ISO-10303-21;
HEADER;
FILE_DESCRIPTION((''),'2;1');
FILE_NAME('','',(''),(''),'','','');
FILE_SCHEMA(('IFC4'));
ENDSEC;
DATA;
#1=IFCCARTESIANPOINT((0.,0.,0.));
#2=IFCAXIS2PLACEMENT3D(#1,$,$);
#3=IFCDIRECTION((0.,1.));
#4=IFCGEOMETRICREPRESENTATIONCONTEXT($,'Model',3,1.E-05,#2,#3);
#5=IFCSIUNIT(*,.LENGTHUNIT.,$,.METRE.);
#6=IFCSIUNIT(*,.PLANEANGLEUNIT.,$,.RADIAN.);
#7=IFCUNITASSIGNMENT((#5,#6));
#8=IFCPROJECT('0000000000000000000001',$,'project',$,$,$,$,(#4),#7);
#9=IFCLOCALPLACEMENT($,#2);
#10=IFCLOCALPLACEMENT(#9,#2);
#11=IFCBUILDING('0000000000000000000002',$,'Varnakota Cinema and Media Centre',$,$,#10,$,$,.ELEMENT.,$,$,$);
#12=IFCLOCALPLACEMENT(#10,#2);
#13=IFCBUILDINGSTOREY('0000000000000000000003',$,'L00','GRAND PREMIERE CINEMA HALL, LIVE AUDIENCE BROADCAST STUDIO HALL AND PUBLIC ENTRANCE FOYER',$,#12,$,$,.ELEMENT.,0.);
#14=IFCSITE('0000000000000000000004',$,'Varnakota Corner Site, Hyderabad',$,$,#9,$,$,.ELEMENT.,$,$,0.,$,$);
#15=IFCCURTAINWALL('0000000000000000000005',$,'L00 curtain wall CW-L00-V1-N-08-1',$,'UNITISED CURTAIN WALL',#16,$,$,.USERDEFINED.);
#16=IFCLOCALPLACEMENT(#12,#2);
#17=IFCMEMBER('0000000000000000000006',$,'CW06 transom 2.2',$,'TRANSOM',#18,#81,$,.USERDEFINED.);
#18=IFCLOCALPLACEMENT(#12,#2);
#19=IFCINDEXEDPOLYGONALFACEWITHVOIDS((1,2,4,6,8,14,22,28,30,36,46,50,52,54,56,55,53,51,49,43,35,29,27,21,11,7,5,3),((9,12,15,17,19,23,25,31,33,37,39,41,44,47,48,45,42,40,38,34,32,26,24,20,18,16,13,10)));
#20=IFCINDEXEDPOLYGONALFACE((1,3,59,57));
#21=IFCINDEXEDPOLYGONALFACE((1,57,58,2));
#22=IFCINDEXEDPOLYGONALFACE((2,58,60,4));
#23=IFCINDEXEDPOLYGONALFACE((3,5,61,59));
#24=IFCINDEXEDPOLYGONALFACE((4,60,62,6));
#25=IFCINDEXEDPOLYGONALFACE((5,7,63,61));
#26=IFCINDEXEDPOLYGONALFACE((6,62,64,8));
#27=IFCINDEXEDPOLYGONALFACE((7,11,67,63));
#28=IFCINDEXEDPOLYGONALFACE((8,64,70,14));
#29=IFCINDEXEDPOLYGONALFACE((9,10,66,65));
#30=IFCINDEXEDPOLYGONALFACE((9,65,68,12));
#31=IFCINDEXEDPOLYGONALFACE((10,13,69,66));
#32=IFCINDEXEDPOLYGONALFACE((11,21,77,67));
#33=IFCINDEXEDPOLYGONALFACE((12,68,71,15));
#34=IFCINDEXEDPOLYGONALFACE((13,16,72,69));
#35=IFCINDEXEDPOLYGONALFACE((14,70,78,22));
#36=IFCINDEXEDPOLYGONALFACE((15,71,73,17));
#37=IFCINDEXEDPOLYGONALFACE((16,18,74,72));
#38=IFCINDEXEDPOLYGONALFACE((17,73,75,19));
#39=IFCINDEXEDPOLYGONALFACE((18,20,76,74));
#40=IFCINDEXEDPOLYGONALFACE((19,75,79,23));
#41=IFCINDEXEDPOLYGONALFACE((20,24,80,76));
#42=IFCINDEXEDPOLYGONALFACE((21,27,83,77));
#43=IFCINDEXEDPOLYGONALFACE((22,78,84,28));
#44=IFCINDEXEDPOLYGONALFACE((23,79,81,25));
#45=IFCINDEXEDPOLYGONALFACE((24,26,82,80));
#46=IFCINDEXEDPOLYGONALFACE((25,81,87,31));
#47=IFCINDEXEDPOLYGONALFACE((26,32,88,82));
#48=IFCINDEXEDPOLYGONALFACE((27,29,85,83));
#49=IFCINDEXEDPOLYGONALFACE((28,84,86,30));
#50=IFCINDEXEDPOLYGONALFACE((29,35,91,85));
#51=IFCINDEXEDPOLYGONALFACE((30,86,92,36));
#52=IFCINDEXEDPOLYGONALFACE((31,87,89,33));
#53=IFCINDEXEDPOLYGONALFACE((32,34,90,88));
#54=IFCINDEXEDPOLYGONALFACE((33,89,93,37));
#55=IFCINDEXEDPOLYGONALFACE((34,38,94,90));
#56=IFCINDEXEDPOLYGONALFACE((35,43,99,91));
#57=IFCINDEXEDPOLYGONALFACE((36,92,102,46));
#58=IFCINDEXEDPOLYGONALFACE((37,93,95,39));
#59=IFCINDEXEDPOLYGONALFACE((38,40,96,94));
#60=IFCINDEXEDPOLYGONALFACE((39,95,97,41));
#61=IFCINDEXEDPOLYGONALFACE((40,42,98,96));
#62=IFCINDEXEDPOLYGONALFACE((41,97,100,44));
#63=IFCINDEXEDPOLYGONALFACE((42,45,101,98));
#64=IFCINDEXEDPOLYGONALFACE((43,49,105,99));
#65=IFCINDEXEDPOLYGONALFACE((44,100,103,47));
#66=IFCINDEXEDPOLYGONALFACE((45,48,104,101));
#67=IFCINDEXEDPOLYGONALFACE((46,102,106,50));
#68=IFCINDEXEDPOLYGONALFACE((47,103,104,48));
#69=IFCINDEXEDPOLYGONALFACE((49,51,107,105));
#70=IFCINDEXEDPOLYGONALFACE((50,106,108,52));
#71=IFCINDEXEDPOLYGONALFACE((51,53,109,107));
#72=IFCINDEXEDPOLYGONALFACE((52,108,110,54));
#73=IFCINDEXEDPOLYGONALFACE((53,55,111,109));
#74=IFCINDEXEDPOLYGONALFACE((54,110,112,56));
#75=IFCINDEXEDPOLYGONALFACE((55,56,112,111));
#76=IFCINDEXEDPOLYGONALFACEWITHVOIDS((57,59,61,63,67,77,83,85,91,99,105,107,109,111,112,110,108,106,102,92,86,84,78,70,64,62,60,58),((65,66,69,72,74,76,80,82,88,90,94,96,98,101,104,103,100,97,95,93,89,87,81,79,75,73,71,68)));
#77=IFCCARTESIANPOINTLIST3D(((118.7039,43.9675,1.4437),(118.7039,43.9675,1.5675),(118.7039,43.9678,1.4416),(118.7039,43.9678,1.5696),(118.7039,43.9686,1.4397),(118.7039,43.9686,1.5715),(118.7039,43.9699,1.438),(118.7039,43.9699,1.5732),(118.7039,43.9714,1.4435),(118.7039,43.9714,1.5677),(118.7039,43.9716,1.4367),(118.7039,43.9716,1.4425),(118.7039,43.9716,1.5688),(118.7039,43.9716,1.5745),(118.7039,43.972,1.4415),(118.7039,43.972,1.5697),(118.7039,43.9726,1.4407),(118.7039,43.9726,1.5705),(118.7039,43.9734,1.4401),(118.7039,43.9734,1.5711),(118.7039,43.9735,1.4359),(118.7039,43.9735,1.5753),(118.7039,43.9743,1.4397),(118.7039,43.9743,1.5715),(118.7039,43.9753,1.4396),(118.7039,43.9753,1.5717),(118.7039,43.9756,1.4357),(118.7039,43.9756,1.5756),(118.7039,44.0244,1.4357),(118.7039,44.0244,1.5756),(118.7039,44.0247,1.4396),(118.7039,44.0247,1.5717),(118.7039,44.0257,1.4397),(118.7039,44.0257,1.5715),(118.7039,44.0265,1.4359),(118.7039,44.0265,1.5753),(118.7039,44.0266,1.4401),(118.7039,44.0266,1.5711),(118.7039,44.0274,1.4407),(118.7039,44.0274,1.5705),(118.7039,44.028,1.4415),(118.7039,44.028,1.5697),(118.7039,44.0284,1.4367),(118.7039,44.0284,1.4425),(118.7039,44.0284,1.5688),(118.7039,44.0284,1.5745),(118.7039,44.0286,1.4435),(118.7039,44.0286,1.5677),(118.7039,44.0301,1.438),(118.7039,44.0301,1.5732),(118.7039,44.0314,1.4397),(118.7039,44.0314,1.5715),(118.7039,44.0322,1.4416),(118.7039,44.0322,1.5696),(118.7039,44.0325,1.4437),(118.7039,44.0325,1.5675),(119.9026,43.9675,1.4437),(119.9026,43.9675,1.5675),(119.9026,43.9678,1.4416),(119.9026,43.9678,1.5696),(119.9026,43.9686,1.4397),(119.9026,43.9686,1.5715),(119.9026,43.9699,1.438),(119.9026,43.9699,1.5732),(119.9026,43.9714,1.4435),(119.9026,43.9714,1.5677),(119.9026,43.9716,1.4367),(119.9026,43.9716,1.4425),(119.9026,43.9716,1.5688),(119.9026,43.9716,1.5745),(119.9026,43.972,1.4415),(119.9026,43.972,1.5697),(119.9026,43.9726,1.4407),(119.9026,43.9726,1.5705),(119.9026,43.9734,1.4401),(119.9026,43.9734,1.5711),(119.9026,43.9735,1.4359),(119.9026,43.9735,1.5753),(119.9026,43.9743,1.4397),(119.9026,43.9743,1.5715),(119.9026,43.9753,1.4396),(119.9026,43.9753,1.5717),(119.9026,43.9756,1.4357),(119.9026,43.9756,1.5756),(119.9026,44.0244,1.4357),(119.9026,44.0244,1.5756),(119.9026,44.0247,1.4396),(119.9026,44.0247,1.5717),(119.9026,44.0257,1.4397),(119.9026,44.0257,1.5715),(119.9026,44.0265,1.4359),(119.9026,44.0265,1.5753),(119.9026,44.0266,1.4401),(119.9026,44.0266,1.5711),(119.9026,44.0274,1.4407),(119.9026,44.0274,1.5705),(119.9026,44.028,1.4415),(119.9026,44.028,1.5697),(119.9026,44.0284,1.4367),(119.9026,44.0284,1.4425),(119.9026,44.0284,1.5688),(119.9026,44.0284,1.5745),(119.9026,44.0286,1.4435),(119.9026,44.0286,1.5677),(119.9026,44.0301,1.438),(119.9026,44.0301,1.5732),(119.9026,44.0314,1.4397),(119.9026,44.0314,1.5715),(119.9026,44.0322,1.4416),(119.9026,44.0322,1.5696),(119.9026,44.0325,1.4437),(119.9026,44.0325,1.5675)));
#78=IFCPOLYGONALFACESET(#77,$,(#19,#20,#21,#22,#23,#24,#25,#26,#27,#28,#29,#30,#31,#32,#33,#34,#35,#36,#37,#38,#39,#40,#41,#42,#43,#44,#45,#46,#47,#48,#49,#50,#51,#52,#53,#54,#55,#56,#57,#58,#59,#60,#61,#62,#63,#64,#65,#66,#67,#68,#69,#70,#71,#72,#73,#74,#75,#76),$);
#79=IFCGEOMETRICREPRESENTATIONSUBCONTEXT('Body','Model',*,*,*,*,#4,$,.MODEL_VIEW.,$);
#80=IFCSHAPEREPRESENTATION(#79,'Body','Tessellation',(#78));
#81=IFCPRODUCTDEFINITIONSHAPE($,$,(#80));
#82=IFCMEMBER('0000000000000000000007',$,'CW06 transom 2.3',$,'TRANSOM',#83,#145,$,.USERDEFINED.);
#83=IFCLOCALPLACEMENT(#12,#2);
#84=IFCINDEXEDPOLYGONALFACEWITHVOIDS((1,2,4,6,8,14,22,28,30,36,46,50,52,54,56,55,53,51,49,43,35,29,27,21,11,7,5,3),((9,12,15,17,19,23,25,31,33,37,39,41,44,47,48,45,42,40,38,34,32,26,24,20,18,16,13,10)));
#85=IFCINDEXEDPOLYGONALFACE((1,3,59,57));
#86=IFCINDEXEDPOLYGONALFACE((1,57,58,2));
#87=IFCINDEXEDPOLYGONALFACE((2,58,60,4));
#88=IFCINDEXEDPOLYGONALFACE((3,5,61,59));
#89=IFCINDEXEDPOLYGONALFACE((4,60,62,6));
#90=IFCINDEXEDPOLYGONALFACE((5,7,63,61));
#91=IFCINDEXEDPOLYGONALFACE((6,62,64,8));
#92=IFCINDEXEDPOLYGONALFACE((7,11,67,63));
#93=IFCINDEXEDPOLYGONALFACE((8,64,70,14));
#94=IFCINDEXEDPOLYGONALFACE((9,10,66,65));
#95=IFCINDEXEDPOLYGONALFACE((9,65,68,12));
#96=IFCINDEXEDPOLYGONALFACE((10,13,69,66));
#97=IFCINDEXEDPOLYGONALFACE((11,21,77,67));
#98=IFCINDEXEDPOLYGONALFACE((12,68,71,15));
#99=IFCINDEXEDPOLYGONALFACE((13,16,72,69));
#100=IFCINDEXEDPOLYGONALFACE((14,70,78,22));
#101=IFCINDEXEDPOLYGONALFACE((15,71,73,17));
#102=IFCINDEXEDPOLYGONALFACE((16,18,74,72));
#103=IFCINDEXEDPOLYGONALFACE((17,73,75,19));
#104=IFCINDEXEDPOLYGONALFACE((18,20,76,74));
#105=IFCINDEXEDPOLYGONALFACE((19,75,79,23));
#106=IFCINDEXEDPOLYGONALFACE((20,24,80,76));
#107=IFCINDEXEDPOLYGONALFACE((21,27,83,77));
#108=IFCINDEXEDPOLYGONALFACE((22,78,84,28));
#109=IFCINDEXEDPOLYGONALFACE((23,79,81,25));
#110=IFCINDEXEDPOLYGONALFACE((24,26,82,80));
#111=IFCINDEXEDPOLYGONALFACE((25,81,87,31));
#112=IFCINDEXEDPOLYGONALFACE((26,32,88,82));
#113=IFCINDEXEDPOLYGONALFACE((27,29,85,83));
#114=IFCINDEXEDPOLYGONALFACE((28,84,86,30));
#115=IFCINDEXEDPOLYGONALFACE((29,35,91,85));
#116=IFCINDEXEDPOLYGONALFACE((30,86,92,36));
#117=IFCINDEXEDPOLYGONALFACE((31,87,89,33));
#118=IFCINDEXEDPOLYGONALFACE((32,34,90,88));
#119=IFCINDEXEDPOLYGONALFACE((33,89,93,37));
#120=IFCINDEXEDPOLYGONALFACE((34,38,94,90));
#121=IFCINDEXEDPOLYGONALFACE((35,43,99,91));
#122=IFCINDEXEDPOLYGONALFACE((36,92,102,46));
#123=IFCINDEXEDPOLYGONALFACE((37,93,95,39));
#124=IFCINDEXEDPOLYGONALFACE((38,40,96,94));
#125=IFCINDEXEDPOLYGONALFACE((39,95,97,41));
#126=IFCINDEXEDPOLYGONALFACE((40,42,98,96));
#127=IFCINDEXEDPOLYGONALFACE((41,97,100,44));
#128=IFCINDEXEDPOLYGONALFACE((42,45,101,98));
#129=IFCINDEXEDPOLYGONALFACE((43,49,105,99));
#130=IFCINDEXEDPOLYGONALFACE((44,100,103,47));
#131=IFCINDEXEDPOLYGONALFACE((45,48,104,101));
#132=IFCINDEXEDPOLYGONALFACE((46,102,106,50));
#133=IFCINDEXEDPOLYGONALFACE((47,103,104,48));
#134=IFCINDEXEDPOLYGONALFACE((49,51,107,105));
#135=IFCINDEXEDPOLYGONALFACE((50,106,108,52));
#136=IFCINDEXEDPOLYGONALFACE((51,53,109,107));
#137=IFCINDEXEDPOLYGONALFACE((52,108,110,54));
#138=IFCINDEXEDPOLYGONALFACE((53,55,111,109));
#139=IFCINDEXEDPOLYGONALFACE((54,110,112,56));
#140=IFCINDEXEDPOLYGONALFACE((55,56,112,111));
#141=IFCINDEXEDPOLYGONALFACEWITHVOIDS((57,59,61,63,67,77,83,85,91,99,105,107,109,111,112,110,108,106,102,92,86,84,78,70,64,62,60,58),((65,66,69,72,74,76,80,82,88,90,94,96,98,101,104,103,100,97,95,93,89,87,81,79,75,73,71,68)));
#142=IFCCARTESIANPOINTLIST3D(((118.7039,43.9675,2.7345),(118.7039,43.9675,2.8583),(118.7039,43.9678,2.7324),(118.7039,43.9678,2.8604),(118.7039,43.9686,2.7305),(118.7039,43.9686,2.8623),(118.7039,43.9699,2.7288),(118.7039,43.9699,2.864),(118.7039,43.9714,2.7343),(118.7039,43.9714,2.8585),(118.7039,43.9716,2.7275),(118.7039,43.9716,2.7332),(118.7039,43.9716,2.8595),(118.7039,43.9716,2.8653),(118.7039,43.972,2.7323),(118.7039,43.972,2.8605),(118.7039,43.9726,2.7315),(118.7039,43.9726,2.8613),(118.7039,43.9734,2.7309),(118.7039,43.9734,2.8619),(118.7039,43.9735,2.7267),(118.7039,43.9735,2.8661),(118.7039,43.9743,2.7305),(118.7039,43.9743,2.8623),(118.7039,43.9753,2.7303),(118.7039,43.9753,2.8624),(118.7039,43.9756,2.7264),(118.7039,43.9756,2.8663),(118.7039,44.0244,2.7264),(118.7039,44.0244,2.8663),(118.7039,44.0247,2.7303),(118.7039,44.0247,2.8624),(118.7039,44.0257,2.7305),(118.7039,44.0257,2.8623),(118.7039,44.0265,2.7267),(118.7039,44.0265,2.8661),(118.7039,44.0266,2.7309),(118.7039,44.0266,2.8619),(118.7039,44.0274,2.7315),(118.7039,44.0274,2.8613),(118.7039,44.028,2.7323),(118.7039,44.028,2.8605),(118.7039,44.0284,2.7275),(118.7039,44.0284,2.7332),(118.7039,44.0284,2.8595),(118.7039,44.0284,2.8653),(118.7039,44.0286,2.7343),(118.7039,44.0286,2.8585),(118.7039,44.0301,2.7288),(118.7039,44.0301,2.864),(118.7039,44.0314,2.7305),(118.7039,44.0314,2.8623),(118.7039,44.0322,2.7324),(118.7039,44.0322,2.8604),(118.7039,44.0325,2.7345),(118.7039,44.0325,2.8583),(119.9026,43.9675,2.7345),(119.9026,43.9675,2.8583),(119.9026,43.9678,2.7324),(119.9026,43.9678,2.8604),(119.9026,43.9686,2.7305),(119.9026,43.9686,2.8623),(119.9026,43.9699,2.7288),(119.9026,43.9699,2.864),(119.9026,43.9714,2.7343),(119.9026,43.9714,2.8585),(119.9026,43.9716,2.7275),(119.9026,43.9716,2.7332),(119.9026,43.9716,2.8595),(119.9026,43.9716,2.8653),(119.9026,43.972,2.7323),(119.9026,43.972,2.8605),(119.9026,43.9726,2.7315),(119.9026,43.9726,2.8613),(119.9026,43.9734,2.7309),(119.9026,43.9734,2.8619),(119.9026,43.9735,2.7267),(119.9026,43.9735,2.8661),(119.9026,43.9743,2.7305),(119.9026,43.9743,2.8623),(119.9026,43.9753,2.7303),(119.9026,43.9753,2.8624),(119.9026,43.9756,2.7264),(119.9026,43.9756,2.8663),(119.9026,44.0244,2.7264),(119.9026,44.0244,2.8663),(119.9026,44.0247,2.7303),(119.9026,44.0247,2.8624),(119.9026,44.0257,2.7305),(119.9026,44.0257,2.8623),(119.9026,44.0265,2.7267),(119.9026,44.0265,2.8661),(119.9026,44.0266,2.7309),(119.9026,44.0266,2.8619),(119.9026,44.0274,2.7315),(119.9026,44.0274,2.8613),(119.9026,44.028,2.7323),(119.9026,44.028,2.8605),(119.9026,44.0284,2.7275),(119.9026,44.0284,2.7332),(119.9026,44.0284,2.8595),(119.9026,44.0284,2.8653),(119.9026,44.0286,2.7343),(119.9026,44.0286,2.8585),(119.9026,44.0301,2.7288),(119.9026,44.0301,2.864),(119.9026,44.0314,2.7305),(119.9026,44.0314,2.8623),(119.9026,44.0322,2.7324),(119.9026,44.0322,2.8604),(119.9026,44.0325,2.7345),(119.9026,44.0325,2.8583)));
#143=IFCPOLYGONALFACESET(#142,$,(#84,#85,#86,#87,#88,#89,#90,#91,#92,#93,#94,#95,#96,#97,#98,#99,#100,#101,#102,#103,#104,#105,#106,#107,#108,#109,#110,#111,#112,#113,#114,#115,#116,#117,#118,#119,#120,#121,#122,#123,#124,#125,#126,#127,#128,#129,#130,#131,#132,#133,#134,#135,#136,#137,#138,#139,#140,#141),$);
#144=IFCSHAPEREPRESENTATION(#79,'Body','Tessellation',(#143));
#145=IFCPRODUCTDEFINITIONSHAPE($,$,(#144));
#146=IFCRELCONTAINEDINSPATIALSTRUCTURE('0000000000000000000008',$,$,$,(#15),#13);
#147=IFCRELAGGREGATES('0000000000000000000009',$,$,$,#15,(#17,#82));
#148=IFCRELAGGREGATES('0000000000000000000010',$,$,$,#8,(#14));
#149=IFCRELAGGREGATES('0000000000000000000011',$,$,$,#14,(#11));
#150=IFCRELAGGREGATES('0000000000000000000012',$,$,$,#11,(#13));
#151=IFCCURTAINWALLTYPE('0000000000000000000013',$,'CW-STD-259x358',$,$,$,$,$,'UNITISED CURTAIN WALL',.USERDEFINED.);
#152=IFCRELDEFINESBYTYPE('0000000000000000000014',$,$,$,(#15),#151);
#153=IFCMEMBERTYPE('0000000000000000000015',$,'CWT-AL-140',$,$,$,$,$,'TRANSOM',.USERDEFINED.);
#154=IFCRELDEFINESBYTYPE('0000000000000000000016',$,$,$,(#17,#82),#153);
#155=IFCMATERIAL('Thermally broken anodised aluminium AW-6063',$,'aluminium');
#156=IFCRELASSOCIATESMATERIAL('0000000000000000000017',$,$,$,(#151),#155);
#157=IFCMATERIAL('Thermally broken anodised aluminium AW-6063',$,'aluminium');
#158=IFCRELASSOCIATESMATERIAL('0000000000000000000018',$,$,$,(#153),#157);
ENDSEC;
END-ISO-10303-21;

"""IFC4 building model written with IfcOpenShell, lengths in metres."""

from ifc_helpers import new_model, si_unit, direction, frame, origin, origin_2d, place, context, subcontext, project, spatial, hollow_rectangle, extrude, material, material_profile, profile_set, type_object, element, aggregate, save


model = new_model("IFC4")

# Units and contexts
model_context = context("Model", 3, precision=1e-05, world=origin(), true_north=direction((0.0, 1.0)))
body_context = subcontext(model_context, "Body", "Model", "MODEL_VIEW")
ifc_project = project(units=[si_unit("LENGTHUNIT", "METRE"), si_unit("PLANEANGLEUNIT", "RADIAN")], contexts=[model_context])

# Site, building, storey
site_placement = place(None, origin())
site = spatial("IfcSite", under=ifc_project, at=site_placement, Name="Varnakota Corner Site, Hyderabad", CompositionType="ELEMENT", RefElevation=0.0)
building_placement = place(site_placement, origin())
building = spatial("IfcBuilding", under=site, at=building_placement, Name="Varnakota Cinema and Media Centre", CompositionType="ELEMENT")
storey_placement = place(building_placement, origin())
storey = spatial("IfcBuildingStorey", under=building, at=storey_placement, Name="L00", Description="GRAND PREMIERE CINEMA HALL, LIVE AUDIENCE BROADCAST STUDIO HALL AND PUBLIC ENTRANCE FOYER", CompositionType="ELEMENT", Elevation=0.0)

# Curtain wall
ifc_material_1 = material(Name="Thermally broken anodised aluminium AW-6063", Category="aluminium")
curtain_wall_type = type_object("IfcCurtainWallType", Name="CW-STD-259x358", ElementType="UNITISED CURTAIN WALL", PredefinedType="USERDEFINED", material=ifc_material_1)
curtain_wall_1_placement = place(storey_placement, origin())
curtain_wall_1 = element("IfcCurtainWall", 1, at=curtain_wall_1_placement, inside=storey, type_object=curtain_wall_type, Name="L00 curtain wall CW-L00-V1-N-08-1", ObjectType="UNITISED CURTAIN WALL", PredefinedType="USERDEFINED")

# Members
ifc_material_2 = material(Name="Thermally broken anodised aluminium AW-6063", Category="aluminium")
ifc_material_profile_1 = material_profile(ifc_material_2, hollow_rectangle(XDim=0.0649, YDim=0.1399, WallThickness=0.0039, InnerFilletRadius=0.0039, OuterFilletRadius=0.0081, at=origin_2d()), Name="AL-TRANSOM 140x65x4")
ifc_profile_set_1 = profile_set([ifc_material_profile_1], Name="Thermally broken anodised aluminium AW-6063")
member_type_1 = type_object("IfcMemberType", Name="CWT-AL-140", ElementType="TRANSOM", PredefinedType="USERDEFINED", material=ifc_profile_set_1)
member_1_placement = place(storey_placement, frame((118.7039, 44.0, 1.5056), z_axis=(1.0, 0.0, 0.0), x_axis=(0.0, 1.0, 0.0)))
member_1 = element("IfcMember", 2, at=member_1_placement, type_object=member_type_1, Name="CW06 transom 2.2", ObjectType="TRANSOM", PredefinedType="USERDEFINED", context=body_context, shape_type="SweptSolid", body=[
    extrude(hollow_rectangle(XDim=0.0649, YDim=0.1399, WallThickness=0.0039, InnerFilletRadius=0.0039, OuterFilletRadius=0.0081, at=origin_2d()), origin(), (0.0, 0.0, 1.0), 1.1987),
])
member_2_placement = place(storey_placement, frame((118.7039, 44.0, 2.7964), z_axis=(1.0, 0.0, 0.0), x_axis=(0.0, 1.0, 0.0)))
member_2 = element("IfcMember", 3, at=member_2_placement, type_object=member_type_1, Name="CW06 transom 2.3", ObjectType="TRANSOM", PredefinedType="USERDEFINED", context=body_context, shape_type="SweptSolid", body=[
    extrude(hollow_rectangle(XDim=0.0649, YDim=0.1399, WallThickness=0.0039, InnerFilletRadius=0.0039, OuterFilletRadius=0.0081, at=origin_2d()), origin(), (0.0, 0.0, 1.0), 1.1987),
])

aggregate(curtain_wall_1, [member_1, member_2])

save(model, "model.ifc")
